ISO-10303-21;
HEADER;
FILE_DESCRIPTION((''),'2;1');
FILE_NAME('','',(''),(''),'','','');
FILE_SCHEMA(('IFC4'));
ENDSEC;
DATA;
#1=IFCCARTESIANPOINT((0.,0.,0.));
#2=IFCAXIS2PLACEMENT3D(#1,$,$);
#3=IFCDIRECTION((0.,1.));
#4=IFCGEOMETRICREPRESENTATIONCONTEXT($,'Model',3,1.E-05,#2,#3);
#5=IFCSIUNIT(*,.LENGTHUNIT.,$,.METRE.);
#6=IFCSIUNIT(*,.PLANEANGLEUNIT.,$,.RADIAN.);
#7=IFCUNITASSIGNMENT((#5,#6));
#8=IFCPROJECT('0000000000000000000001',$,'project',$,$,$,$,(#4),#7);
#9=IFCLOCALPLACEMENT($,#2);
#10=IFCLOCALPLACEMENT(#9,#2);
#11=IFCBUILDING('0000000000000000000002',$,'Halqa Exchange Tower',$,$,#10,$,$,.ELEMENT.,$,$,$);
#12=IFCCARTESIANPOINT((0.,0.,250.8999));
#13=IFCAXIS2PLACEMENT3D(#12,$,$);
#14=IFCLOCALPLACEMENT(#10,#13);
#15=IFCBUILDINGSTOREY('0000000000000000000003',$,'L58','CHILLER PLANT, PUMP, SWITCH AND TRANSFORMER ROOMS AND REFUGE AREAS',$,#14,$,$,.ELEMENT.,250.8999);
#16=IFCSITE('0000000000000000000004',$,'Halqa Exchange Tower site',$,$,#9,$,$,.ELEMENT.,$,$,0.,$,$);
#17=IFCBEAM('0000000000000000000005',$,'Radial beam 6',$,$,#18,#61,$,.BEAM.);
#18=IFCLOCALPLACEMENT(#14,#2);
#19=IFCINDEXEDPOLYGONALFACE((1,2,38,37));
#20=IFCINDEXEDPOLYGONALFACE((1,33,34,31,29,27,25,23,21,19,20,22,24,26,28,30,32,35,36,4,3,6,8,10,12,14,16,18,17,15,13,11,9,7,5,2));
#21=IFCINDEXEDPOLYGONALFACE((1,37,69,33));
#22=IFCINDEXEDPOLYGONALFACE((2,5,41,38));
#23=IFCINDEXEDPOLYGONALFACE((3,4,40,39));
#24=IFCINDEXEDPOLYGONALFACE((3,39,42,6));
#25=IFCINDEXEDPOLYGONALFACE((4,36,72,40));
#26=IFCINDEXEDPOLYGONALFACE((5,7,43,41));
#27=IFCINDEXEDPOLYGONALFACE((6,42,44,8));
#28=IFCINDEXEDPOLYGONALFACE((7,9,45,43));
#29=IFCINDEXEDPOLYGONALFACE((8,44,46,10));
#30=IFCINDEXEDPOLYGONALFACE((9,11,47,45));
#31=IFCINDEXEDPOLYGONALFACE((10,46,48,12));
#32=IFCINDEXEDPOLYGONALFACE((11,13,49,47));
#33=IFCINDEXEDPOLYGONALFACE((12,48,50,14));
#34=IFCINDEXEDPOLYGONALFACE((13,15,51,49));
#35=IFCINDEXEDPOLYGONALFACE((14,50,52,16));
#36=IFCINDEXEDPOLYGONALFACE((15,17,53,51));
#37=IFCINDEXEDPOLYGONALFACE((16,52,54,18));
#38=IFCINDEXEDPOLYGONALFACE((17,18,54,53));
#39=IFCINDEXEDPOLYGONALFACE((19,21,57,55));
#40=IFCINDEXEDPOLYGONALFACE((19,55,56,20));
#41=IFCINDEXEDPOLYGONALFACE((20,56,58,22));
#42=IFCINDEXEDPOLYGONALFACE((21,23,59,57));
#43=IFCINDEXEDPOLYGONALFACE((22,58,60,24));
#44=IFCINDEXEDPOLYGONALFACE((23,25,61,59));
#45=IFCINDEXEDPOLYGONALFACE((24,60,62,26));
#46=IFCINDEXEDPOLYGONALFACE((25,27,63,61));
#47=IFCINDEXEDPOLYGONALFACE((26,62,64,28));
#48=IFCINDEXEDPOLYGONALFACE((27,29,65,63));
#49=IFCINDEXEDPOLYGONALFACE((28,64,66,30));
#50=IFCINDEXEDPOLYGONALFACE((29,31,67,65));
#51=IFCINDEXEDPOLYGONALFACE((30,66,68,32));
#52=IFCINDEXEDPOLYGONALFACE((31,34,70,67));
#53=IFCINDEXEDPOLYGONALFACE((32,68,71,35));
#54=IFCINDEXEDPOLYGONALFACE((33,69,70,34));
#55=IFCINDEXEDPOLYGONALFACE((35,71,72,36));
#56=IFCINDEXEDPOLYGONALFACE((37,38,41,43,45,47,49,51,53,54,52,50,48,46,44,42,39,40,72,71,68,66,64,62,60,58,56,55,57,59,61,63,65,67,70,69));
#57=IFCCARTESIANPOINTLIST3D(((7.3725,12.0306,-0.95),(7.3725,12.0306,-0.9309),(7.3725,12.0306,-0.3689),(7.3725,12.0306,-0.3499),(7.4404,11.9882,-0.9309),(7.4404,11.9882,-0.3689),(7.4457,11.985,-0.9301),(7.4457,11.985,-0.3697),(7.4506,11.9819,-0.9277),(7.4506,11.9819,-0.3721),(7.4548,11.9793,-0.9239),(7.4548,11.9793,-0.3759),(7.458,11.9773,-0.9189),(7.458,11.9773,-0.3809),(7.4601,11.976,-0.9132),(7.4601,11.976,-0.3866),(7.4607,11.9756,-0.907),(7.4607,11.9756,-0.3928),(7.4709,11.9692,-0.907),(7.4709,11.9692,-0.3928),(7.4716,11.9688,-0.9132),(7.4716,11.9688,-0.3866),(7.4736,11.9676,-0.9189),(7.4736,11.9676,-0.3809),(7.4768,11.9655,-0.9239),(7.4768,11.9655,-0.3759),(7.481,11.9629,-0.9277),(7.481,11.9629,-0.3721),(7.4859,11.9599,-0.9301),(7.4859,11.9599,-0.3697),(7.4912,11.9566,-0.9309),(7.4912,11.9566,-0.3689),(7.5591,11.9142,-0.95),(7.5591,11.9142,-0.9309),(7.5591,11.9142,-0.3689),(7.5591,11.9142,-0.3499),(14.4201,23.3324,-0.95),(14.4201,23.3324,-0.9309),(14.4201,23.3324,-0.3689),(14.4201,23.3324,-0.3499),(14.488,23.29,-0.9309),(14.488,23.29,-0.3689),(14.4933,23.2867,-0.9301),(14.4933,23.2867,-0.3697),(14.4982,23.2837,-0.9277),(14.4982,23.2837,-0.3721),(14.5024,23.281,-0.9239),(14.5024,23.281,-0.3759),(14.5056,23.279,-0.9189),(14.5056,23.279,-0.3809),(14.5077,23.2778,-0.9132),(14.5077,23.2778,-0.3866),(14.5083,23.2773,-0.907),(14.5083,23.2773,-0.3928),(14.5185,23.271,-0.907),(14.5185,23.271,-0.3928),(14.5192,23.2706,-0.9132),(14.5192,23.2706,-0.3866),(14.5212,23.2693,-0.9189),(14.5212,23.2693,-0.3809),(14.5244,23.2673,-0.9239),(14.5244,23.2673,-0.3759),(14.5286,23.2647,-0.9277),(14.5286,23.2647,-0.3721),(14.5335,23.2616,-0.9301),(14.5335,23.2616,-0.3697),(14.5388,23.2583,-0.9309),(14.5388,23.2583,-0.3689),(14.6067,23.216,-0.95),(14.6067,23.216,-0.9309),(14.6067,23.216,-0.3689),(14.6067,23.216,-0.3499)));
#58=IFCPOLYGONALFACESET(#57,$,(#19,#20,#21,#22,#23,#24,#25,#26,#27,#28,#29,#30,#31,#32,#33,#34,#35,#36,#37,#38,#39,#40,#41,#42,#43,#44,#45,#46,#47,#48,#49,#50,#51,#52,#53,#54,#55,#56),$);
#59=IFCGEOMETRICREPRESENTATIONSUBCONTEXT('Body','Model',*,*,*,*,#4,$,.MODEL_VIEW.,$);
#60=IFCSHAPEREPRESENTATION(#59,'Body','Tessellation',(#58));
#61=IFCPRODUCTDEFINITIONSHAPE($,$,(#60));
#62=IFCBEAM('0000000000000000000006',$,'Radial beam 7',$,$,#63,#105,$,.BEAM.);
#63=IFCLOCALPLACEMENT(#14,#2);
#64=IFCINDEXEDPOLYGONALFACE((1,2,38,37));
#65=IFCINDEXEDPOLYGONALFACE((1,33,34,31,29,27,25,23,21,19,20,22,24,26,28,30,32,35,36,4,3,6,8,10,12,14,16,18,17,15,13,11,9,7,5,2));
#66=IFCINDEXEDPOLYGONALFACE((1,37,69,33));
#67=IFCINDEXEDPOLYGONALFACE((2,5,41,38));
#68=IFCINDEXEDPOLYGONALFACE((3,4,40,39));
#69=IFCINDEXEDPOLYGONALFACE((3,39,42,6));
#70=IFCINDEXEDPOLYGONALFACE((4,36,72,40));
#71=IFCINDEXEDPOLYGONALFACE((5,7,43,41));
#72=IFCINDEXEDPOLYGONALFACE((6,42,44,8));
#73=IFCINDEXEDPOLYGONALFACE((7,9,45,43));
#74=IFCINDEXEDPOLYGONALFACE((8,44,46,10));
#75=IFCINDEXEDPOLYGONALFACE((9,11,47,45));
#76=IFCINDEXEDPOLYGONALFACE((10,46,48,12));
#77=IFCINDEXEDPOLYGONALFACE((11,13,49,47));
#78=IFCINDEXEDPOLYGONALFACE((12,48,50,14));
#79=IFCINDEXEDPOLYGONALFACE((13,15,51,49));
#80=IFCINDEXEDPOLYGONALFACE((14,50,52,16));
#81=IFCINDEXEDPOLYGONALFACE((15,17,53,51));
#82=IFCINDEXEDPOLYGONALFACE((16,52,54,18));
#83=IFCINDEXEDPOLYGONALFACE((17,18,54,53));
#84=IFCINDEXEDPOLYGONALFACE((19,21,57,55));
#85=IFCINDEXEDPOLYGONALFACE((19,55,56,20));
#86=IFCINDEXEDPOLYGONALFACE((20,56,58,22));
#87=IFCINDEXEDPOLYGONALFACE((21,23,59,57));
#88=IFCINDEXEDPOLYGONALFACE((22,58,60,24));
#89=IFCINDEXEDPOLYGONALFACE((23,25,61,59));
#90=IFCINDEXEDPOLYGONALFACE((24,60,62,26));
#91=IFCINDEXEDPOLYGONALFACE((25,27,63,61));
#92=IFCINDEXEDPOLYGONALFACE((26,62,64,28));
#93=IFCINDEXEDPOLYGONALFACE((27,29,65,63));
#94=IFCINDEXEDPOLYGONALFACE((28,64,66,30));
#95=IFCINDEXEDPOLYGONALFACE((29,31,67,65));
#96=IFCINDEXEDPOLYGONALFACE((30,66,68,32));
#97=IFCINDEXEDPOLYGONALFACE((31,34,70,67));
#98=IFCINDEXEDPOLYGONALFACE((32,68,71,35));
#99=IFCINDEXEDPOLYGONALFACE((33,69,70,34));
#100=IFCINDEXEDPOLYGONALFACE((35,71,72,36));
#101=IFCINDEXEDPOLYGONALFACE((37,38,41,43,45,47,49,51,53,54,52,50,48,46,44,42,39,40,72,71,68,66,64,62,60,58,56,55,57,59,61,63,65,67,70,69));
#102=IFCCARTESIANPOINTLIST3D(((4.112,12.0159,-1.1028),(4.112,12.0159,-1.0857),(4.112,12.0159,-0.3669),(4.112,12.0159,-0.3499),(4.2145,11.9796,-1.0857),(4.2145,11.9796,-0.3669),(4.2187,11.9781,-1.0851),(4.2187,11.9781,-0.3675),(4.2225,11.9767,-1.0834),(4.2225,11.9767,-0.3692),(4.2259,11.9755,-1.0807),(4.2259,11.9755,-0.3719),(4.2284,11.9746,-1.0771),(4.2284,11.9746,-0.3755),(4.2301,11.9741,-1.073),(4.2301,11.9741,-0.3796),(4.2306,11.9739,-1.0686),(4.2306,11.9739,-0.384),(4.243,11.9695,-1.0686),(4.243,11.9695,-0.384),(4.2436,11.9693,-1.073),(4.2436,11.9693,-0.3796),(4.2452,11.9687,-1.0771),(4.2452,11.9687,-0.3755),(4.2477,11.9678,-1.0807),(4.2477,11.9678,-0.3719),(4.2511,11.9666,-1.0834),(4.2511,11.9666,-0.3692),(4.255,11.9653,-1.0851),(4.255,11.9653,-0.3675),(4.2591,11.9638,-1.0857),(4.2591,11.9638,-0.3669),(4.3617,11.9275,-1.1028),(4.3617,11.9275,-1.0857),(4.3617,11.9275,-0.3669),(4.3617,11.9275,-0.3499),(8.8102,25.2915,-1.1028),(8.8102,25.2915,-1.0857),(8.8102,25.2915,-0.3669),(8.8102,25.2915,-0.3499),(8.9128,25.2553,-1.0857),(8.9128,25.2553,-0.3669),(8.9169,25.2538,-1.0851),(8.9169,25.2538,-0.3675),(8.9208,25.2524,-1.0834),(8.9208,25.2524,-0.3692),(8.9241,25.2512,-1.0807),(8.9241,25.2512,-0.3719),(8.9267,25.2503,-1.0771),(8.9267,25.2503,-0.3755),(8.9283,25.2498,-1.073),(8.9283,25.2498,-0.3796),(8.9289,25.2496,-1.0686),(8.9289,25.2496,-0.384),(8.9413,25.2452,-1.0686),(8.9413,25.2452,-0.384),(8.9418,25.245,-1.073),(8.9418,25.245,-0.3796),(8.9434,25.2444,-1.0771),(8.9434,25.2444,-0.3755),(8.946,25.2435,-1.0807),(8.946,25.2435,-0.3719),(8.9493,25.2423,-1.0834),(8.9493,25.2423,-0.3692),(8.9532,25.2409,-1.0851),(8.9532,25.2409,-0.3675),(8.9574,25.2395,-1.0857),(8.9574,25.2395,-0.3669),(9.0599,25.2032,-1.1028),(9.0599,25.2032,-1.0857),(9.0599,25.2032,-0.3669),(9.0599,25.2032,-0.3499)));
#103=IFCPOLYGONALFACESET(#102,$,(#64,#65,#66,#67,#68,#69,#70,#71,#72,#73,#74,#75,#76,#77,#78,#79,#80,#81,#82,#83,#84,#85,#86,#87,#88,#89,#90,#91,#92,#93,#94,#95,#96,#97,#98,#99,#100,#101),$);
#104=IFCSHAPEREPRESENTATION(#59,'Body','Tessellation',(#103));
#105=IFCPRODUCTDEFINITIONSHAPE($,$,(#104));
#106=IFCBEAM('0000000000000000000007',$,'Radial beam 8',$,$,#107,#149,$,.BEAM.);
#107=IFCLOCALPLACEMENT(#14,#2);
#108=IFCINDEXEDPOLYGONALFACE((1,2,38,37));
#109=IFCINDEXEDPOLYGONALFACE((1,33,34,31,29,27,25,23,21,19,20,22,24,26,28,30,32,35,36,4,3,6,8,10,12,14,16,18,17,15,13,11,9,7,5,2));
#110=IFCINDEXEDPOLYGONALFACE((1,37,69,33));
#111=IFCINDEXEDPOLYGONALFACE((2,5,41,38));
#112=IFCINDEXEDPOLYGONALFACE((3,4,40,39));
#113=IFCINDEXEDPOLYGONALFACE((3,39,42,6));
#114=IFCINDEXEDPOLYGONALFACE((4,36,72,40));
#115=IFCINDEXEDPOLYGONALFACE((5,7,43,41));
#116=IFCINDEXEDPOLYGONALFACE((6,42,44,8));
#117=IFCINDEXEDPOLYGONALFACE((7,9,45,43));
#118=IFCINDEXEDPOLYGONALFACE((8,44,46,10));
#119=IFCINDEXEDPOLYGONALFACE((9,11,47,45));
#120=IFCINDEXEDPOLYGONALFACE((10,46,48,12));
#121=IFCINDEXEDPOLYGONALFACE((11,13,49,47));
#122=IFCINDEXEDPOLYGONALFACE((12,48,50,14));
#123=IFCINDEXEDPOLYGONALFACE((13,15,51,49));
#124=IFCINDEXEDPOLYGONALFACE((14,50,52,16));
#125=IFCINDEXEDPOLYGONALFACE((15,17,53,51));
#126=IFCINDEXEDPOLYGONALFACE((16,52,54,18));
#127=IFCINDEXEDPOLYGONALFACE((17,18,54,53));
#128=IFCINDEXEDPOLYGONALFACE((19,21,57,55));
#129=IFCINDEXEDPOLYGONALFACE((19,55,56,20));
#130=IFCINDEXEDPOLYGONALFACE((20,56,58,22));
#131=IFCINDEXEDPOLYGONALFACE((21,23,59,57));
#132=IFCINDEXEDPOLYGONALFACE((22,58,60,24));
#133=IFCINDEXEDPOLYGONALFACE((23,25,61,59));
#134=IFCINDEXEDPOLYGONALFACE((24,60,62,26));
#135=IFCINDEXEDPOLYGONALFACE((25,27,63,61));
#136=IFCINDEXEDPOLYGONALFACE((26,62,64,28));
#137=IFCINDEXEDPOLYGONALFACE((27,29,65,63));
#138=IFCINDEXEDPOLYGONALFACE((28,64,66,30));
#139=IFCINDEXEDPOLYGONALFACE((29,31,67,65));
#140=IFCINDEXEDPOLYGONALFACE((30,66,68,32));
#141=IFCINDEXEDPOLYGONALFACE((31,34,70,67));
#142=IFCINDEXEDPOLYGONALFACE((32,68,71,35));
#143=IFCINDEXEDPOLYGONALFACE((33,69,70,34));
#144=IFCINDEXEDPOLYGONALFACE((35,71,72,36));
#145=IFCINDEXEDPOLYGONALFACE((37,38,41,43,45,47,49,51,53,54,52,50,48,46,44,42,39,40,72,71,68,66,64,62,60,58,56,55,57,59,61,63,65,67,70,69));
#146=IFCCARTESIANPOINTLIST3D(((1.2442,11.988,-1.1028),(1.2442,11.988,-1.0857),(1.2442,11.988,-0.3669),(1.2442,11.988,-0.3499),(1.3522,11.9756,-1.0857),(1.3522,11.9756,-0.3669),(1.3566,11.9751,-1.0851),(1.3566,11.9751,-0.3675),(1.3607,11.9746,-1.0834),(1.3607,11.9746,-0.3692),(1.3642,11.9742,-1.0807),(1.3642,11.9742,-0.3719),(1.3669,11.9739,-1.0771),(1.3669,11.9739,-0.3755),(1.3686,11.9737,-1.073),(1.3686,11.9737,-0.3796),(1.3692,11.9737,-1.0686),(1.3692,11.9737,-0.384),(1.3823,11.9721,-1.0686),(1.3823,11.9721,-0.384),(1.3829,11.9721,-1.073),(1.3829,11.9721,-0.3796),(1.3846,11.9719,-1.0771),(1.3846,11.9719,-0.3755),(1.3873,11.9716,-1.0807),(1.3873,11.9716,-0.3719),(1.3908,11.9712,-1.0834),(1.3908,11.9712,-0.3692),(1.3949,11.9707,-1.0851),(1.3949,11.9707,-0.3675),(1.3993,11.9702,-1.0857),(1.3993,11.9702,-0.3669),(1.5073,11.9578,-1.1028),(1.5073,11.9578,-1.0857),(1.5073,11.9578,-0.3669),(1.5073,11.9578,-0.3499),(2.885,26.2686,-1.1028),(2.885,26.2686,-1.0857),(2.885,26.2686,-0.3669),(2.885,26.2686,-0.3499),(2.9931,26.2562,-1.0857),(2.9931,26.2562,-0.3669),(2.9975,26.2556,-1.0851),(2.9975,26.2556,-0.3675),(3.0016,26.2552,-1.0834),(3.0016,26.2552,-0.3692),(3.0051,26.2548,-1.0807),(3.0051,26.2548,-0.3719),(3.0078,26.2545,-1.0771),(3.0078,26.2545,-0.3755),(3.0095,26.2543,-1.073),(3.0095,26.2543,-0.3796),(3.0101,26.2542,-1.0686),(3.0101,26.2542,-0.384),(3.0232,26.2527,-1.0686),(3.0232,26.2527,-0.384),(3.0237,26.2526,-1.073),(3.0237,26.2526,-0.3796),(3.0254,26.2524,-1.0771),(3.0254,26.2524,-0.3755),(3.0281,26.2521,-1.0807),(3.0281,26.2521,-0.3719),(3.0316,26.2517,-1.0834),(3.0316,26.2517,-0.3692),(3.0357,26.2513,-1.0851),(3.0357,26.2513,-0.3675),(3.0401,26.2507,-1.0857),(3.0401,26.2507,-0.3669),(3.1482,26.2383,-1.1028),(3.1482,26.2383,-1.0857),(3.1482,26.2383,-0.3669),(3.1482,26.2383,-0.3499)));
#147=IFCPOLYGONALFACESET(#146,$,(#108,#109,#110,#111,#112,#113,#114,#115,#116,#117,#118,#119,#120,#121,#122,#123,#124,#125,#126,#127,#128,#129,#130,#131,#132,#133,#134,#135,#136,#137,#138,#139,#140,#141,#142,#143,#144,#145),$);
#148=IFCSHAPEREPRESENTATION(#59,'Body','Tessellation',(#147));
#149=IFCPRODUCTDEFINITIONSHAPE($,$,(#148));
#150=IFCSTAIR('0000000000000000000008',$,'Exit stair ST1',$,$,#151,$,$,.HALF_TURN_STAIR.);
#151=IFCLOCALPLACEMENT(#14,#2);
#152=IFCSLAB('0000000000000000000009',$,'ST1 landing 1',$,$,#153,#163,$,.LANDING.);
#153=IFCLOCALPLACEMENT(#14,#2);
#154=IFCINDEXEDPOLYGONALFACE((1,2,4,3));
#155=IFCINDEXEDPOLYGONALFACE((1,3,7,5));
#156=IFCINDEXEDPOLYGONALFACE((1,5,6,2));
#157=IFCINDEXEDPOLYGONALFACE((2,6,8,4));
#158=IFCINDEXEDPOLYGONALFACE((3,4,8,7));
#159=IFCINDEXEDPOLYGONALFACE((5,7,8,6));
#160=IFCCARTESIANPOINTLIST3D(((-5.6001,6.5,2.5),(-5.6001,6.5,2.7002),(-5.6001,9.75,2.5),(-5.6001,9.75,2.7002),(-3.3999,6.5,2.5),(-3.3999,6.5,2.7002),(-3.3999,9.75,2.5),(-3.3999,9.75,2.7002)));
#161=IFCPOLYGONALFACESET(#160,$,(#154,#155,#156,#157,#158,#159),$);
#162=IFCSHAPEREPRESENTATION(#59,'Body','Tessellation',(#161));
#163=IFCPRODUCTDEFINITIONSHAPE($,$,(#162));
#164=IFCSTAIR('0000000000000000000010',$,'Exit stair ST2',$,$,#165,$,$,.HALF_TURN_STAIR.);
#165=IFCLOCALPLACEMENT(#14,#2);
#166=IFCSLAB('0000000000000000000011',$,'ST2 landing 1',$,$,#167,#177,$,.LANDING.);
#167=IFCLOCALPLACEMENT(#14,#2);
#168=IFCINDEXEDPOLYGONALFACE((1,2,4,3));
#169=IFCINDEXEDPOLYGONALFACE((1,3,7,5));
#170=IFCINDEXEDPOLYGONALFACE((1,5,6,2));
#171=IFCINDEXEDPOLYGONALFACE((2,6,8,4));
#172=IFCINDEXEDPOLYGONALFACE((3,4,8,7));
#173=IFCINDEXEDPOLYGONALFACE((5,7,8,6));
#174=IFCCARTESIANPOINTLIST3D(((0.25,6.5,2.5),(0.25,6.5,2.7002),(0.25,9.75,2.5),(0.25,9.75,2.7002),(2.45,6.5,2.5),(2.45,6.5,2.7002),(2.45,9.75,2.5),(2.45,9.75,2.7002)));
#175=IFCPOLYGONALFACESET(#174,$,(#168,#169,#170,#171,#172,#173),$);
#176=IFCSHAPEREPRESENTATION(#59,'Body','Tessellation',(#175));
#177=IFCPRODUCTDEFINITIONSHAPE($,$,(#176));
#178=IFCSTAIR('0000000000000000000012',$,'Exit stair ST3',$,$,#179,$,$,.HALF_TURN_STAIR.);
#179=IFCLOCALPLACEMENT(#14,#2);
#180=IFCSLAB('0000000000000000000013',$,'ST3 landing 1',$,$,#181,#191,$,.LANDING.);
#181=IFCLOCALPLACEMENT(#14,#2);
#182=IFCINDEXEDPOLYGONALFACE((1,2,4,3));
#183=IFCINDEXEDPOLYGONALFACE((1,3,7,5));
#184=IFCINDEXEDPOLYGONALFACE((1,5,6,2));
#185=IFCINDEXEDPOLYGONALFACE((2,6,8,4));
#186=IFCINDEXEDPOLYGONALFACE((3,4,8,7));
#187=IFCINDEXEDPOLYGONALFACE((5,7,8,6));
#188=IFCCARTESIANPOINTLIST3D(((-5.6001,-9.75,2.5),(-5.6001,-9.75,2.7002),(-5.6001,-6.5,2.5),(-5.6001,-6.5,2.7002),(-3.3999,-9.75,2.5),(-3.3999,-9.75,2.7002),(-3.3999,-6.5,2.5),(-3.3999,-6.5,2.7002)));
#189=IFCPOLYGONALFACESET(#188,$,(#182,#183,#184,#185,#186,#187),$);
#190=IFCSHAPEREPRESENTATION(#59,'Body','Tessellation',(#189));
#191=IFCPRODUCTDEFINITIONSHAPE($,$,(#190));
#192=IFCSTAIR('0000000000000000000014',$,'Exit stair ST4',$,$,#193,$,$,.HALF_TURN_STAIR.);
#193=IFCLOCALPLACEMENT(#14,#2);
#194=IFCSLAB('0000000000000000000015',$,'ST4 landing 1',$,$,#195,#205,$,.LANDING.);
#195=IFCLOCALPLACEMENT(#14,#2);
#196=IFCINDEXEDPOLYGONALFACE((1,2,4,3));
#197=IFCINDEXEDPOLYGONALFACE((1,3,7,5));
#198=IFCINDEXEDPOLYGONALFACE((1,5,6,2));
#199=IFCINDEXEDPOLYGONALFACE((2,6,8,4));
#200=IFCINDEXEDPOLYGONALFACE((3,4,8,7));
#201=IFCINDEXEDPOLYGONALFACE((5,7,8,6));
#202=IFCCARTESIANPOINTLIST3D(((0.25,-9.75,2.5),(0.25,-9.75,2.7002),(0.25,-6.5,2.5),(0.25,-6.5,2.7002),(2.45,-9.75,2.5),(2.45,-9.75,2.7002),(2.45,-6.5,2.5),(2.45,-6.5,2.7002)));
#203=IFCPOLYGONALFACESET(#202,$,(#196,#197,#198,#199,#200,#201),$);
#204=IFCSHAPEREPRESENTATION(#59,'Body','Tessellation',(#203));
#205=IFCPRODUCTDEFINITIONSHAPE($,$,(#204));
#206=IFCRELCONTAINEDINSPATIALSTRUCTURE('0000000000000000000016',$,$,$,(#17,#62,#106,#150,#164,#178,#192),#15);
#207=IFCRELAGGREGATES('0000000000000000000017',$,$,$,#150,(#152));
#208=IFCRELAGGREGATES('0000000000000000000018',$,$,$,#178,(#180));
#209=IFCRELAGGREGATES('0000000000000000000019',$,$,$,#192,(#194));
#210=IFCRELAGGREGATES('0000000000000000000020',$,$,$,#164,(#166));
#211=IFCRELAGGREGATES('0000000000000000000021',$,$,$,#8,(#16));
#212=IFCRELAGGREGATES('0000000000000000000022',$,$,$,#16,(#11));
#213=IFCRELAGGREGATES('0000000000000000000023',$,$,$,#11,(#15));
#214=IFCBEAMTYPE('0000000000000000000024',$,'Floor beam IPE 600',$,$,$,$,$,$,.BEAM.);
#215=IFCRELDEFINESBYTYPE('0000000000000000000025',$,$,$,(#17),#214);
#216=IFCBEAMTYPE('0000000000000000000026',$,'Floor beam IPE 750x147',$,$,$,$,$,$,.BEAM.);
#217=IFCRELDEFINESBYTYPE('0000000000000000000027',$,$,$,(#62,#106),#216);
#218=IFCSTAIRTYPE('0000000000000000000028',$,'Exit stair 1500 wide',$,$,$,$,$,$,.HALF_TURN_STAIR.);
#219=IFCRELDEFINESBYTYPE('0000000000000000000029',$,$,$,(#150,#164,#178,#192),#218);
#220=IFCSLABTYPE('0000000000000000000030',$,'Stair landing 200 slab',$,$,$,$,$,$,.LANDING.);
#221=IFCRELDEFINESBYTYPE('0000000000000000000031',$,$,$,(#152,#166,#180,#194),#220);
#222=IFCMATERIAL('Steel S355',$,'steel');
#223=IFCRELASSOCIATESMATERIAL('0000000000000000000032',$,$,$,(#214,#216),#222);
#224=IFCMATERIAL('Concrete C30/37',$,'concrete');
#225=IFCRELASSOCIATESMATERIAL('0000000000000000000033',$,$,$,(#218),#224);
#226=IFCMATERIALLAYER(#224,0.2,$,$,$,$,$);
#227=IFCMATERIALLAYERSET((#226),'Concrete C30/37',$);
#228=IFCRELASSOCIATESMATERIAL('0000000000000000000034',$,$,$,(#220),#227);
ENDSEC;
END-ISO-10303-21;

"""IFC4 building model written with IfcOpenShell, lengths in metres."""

from ifc_helpers import new_model, si_unit, direction, frame, origin, origin_2d, place, context, subcontext, project, spatial, polyline, i_section, outline, extrude, material, layer, layer_set, material_profile, profile_set, type_object, element, aggregate, save


model = new_model("IFC4")

# Units and contexts
model_context = context("Model", 3, precision=1e-05, world=origin(), true_north=direction((0.0, 1.0)))
body_context = subcontext(model_context, "Body", "Model", "MODEL_VIEW")
ifc_project = project(units=[si_unit("LENGTHUNIT", "METRE"), si_unit("PLANEANGLEUNIT", "RADIAN")], contexts=[model_context])

# Site, building, storey
site_placement = place(None, origin())
site = spatial("IfcSite", under=ifc_project, at=site_placement, Name="Halqa Exchange Tower site", CompositionType="ELEMENT", RefElevation=0.0)
building_placement = place(site_placement, origin())
building = spatial("IfcBuilding", under=site, at=building_placement, Name="Halqa Exchange Tower", CompositionType="ELEMENT")
storey_placement = place(building_placement, frame((0.0, 0.0, 250.8999)))
storey = spatial("IfcBuildingStorey", under=building, at=storey_placement, Name="L58", Description="CHILLER PLANT, PUMP, SWITCH AND TRANSFORMER ROOMS AND REFUGE AREAS", CompositionType="ELEMENT", Elevation=250.8999)

# Beams
ifc_material_1 = material(Name="Steel S355", Category="steel")
ifc_material_profile_1 = material_profile(ifc_material_1, i_section(OverallWidth=0.22, OverallDepth=0.6001, WebThickness=0.012, FlangeThickness=0.019, FilletRadius=0.0239, at=origin_2d()), Name="IPE 600")
ifc_profile_set_1 = profile_set([ifc_material_profile_1], Name="Steel S355")
beam_type_1 = type_object("IfcBeamType", Name="Floor beam IPE 600", PredefinedType="BEAM", material=ifc_profile_set_1)
beam_1_placement = place(storey_placement, frame((7.4658, 11.9724, -0.6499), z_axis=(0.529135, 0.848537, 0.0), x_axis=(-0.848537, 0.529135, 0.0)))
element("IfcBeam", 1, at=beam_1_placement, inside=storey, type_object=beam_type_1, Name="Radial beam 6", PredefinedType="BEAM", context=body_context, shape_type="SweptSolid", body=[
    extrude(i_section(OverallWidth=0.22, OverallDepth=0.6001, WebThickness=0.012, FlangeThickness=0.019, FilletRadius=0.0239, at=origin_2d()), origin(), (0.0, 0.0, 1.0), 13.3191),
])
ifc_material_profile_2 = material_profile(ifc_material_1, i_section(OverallWidth=0.2649, OverallDepth=0.7529, WebThickness=0.0132, FlangeThickness=0.0171, FilletRadius=0.0171, at=origin_2d()), Name="IPE 750x147")
ifc_profile_set_2 = profile_set([ifc_material_profile_2], Name="Steel S355")
beam_type_2 = type_object("IfcBeamType", Name="Floor beam IPE 750x147", PredefinedType="BEAM", material=ifc_profile_set_2)
beam_2_placement = place(storey_placement, frame((4.2368, 11.9717, -0.7263), z_axis=(0.333623, 0.942706, 0.0), x_axis=(-0.942706, 0.333623, 0.0)))
element("IfcBeam", 2, at=beam_2_placement, inside=storey, type_object=beam_type_2, Name="Radial beam 7", PredefinedType="BEAM", context=body_context, shape_type="SweptSolid", body=[
    extrude(i_section(OverallWidth=0.2649, OverallDepth=0.7529, WebThickness=0.0132, FlangeThickness=0.0171, FilletRadius=0.0171, at=origin_2d()), origin(), (0.0, 0.0, 1.0), 14.0825),
])
beam_3_placement = place(storey_placement, frame((1.3757, 11.9729, -0.7263), z_axis=(0.114152, 0.993463, 0.0), x_axis=(-0.993463, 0.114152, 0.0)))
element("IfcBeam", 3, at=beam_3_placement, inside=storey, type_object=beam_type_2, Name="Radial beam 8", PredefinedType="BEAM", context=body_context, shape_type="SweptSolid", body=[
    extrude(i_section(OverallWidth=0.2649, OverallDepth=0.7529, WebThickness=0.0132, FlangeThickness=0.0171, FilletRadius=0.0171, at=origin_2d()), origin(), (0.0, 0.0, 1.0), 14.3745),
])

# Stairs, slabs
ifc_material_2 = material(Name="Concrete C30/37", Category="concrete")
stair_type = type_object("IfcStairType", Name="Exit stair 1500 wide", PredefinedType="HALF_TURN_STAIR", material=ifc_material_2)
stair_1_placement = place(storey_placement, origin())
stair_1 = element("IfcStair", 4, at=stair_1_placement, inside=storey, type_object=stair_type, Name="Exit stair ST1", PredefinedType="HALF_TURN_STAIR")
ifc_layer_1 = layer(ifc_material_2, 0.2)
ifc_layer_set_1 = layer_set([ifc_layer_1], Name="Concrete C30/37")
slab_type = type_object("IfcSlabType", Name="Stair landing 200 slab", PredefinedType="LANDING", material=ifc_layer_set_1)
slab_1_placement = place(storey_placement, frame((0.0, 0.0, 2.5)))
slab_1 = element("IfcSlab", 5, at=slab_1_placement, type_object=slab_type, Name="ST1 landing 1", PredefinedType="LANDING", context=body_context, shape_type="SweptSolid", body=[
    extrude(outline(polyline([(-5.6001, 6.5), (-3.3999, 6.5), (-3.3999, 9.75), (-5.6001, 9.75), (-5.6001, 6.5)])), origin(), (0.0, 0.0, 1.0), 0.2002),
])
aggregate(stair_1, [slab_1])
stair_2_placement = place(storey_placement, origin())
stair_2 = element("IfcStair", 6, at=stair_2_placement, inside=storey, type_object=stair_type, Name="Exit stair ST2", PredefinedType="HALF_TURN_STAIR")
slab_2_placement = place(storey_placement, frame((0.0, 0.0, 2.5)))
slab_2 = element("IfcSlab", 7, at=slab_2_placement, type_object=slab_type, Name="ST2 landing 1", PredefinedType="LANDING", context=body_context, shape_type="SweptSolid", body=[
    extrude(outline(polyline([(0.25, 6.5), (2.45, 6.5), (2.45, 9.75), (0.25, 9.75), (0.25, 6.5)])), origin(), (0.0, 0.0, 1.0), 0.2002),
])
stair_3_placement = place(storey_placement, origin())
stair_3 = element("IfcStair", 8, at=stair_3_placement, inside=storey, type_object=stair_type, Name="Exit stair ST3", PredefinedType="HALF_TURN_STAIR")
slab_3_placement = place(storey_placement, frame((0.0, 0.0, 2.5)))
slab_3 = element("IfcSlab", 9, at=slab_3_placement, type_object=slab_type, Name="ST3 landing 1", PredefinedType="LANDING", context=body_context, shape_type="SweptSolid", body=[
    extrude(outline(polyline([(-5.6001, -9.75), (-3.3999, -9.75), (-3.3999, -6.5), (-5.6001, -6.5), (-5.6001, -9.75)])), origin(), (0.0, 0.0, 1.0), 0.2002),
])
aggregate(stair_3, [slab_3])
stair_4_placement = place(storey_placement, origin())
stair_4 = element("IfcStair", 10, at=stair_4_placement, inside=storey, type_object=stair_type, Name="Exit stair ST4", PredefinedType="HALF_TURN_STAIR")
slab_4_placement = place(storey_placement, frame((0.0, 0.0, 2.5)))
slab_4 = element("IfcSlab", 11, at=slab_4_placement, type_object=slab_type, Name="ST4 landing 1", PredefinedType="LANDING", context=body_context, shape_type="SweptSolid", body=[
    extrude(outline(polyline([(0.25, -9.75), (2.45, -9.75), (2.45, -6.5), (0.25, -6.5), (0.25, -9.75)])), origin(), (0.0, 0.0, 1.0), 0.2002),
])
aggregate(stair_4, [slab_4])

aggregate(stair_2, [slab_2])

save(model, "model.ifc")
